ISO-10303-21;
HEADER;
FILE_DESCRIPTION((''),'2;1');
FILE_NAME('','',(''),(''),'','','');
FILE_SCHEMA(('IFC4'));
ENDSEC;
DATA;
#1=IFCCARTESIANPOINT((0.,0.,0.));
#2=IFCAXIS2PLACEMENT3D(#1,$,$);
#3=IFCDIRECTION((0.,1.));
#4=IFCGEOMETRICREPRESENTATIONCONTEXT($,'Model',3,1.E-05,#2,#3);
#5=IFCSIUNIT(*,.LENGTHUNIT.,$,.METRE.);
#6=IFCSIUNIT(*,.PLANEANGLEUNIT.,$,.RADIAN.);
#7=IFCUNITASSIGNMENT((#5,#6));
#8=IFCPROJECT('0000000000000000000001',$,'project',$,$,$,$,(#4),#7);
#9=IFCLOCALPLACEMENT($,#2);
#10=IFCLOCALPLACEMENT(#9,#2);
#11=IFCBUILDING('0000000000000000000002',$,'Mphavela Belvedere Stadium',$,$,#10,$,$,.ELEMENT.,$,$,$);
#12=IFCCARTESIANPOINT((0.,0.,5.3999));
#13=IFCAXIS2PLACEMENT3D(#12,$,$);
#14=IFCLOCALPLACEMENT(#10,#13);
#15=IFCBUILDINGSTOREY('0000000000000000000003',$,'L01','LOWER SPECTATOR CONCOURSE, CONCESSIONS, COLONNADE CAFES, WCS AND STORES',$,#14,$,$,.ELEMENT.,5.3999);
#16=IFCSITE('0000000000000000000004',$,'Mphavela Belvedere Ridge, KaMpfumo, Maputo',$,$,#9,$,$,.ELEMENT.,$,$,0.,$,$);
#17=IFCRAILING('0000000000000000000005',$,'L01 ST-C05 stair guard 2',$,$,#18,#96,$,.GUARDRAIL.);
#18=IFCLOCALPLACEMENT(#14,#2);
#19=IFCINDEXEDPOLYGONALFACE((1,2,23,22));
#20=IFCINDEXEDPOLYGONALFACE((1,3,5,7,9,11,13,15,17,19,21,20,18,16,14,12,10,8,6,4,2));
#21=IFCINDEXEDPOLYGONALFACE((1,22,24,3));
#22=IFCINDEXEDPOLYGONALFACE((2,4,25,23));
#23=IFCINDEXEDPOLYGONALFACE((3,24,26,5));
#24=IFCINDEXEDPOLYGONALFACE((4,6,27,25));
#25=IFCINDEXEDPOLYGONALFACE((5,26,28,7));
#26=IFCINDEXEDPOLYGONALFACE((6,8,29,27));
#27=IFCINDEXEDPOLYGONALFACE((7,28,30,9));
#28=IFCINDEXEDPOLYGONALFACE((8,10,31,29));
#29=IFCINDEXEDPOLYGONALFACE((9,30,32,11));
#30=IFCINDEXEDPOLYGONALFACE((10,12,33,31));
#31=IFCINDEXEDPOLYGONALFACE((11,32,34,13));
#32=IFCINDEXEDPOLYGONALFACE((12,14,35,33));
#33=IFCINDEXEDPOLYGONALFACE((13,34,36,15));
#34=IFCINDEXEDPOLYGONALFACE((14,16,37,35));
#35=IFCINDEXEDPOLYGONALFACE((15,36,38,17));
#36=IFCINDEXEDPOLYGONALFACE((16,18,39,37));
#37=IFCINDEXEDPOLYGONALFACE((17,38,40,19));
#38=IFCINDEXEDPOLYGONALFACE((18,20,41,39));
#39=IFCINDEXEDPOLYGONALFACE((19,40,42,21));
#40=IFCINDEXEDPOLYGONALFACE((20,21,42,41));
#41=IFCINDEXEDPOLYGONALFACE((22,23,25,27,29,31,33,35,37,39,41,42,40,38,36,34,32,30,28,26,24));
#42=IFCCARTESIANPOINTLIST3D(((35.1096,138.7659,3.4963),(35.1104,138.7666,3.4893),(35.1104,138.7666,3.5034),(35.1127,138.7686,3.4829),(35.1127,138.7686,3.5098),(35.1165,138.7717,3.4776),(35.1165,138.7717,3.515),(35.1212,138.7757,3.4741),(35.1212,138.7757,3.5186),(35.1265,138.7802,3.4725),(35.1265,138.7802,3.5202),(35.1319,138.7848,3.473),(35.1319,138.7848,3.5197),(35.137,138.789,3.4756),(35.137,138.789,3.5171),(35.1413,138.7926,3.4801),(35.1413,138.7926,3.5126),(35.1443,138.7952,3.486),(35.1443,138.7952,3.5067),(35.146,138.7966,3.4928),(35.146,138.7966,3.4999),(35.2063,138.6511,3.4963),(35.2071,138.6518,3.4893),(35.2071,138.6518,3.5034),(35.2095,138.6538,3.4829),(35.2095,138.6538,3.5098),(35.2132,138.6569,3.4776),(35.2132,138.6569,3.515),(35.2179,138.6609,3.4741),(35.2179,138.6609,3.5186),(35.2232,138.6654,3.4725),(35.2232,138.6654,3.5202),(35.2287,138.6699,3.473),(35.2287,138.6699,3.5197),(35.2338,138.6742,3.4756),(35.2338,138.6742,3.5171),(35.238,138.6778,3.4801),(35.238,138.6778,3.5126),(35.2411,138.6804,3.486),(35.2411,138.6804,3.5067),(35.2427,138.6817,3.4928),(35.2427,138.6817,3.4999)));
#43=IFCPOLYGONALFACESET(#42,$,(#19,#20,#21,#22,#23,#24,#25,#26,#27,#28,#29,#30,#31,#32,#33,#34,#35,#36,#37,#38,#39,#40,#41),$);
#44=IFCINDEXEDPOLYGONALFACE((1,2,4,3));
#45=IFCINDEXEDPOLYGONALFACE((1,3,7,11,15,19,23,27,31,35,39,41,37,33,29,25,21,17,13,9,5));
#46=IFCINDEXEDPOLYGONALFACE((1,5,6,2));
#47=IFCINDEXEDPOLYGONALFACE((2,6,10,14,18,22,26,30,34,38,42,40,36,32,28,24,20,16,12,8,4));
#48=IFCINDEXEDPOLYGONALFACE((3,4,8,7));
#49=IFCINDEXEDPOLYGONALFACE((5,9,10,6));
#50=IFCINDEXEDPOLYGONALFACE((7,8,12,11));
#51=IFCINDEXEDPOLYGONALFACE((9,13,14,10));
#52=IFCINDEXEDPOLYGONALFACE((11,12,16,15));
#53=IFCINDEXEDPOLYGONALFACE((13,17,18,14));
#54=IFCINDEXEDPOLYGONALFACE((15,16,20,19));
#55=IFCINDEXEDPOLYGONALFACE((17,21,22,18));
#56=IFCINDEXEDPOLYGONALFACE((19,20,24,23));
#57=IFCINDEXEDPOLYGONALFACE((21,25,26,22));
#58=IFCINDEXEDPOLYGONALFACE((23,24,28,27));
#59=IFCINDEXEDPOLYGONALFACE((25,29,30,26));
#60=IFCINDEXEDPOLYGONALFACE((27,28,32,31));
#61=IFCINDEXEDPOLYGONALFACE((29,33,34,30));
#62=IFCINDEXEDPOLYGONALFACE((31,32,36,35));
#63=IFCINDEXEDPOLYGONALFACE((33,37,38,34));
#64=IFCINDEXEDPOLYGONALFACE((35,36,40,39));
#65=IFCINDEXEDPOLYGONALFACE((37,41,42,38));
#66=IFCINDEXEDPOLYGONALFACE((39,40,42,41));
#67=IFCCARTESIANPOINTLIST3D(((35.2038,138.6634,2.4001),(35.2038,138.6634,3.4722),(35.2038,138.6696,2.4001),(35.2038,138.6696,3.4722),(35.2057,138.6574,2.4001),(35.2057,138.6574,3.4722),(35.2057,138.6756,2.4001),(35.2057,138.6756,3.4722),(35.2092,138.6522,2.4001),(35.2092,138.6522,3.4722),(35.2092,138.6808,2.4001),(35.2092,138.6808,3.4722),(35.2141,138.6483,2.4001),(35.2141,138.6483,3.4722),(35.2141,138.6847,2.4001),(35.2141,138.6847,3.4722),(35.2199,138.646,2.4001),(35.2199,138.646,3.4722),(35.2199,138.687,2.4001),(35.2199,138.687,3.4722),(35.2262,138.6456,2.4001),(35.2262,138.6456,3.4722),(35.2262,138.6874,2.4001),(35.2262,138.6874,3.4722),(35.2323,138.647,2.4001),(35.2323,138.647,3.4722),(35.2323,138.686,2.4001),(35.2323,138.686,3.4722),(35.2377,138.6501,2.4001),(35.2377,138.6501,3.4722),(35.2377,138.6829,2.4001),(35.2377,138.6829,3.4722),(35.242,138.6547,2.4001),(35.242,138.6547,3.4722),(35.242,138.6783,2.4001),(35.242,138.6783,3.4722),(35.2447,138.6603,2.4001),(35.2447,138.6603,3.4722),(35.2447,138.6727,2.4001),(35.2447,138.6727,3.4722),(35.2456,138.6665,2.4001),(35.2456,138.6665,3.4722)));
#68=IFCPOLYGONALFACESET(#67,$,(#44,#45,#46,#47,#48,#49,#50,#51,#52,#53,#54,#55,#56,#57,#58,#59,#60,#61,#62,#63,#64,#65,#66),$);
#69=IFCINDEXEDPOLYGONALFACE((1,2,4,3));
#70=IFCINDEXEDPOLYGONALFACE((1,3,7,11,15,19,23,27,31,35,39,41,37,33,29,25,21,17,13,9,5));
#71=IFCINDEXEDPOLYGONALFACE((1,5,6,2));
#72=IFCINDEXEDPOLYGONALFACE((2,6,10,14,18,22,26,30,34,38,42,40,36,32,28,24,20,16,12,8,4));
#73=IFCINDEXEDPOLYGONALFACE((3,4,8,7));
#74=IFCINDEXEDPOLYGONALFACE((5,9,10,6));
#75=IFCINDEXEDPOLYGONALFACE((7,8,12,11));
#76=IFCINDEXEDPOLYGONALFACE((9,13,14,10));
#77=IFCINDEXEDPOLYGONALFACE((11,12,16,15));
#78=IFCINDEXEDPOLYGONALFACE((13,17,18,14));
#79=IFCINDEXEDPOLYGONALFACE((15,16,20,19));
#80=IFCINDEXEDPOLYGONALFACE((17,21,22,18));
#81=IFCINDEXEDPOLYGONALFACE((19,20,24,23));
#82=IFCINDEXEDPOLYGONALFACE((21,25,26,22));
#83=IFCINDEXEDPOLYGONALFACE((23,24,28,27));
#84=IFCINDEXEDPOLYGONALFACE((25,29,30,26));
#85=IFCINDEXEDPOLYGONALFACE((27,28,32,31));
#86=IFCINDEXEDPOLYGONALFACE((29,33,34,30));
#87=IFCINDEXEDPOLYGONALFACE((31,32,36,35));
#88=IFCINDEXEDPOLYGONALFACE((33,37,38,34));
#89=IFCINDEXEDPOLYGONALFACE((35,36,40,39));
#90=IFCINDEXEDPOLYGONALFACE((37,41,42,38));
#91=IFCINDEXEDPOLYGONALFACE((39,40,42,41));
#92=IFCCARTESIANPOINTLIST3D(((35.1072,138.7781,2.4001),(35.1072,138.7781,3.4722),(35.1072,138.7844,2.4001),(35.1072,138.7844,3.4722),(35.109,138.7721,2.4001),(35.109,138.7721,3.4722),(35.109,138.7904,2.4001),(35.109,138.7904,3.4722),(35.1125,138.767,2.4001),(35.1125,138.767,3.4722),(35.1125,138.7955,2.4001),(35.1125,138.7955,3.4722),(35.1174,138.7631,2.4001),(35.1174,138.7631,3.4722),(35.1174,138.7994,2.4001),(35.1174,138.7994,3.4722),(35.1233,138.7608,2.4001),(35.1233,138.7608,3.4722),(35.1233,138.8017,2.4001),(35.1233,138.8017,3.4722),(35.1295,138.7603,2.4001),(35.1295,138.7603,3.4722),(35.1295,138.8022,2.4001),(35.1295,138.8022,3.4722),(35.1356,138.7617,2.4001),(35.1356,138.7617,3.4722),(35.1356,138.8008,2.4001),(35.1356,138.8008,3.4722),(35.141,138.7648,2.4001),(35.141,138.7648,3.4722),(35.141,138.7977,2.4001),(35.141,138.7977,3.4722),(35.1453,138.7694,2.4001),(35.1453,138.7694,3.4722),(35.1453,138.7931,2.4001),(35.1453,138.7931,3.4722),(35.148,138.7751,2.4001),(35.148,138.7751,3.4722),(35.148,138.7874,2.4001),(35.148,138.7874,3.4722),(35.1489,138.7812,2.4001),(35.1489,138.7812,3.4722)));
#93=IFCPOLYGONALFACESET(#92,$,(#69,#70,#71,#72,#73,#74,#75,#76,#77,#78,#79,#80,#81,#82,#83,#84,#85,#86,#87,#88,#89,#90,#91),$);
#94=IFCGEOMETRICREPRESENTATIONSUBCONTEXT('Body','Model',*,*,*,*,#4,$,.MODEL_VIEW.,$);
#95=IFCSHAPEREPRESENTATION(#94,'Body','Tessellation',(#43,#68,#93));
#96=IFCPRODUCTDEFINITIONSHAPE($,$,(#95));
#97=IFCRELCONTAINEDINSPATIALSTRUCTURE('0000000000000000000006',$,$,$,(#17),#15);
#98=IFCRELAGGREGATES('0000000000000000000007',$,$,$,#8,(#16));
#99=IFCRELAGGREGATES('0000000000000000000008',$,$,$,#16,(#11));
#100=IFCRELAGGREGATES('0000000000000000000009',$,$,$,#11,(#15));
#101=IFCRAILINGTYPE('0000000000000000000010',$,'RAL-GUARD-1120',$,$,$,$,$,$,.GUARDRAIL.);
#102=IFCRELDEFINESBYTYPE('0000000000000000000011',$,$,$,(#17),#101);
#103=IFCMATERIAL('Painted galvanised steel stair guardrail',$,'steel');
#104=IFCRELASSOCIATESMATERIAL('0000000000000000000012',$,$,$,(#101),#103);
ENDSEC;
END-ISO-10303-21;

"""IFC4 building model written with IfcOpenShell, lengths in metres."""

from ifc_helpers import new_model, si_unit, direction, frame, origin, origin_2d, place, context, subcontext, project, spatial, circle, extrude, material, type_object, element, save


model = new_model("IFC4")

# Units and contexts
model_context = context("Model", 3, precision=1e-05, world=origin(), true_north=direction((0.0, 1.0)))
body_context = subcontext(model_context, "Body", "Model", "MODEL_VIEW")
ifc_project = project(units=[si_unit("LENGTHUNIT", "METRE"), si_unit("PLANEANGLEUNIT", "RADIAN")], contexts=[model_context])

# Site, building, storey
site_placement = place(None, origin())
site = spatial("IfcSite", under=ifc_project, at=site_placement, Name="Mphavela Belvedere Ridge, KaMpfumo, Maputo", CompositionType="ELEMENT", RefElevation=0.0)
building_placement = place(site_placement, origin())
building = spatial("IfcBuilding", under=site, at=building_placement, Name="Mphavela Belvedere Stadium", CompositionType="ELEMENT")
storey_placement = place(building_placement, frame((0.0, 0.0, 5.3999)))
storey = spatial("IfcBuildingStorey", under=building, at=storey_placement, Name="L01", Description="LOWER SPECTATOR CONCOURSE, CONCESSIONS, COLONNADE CAFES, WCS AND STORES", CompositionType="ELEMENT", Elevation=5.3999)

# Railing
ifc_material_1 = material(Name="Painted galvanised steel stair guardrail", Category="steel")
railing_type = type_object("IfcRailingType", Name="RAL-GUARD-1120", PredefinedType="GUARDRAIL", material=ifc_material_1)
railing_1_placement = place(storey_placement, frame((35.2246, 138.6665, 2.4001)))
element("IfcRailing", 1, at=railing_1_placement, inside=storey, type_object=railing_type, Name="L01 ST-C05 stair guard 2", PredefinedType="GUARDRAIL", context=body_context, shape_type="SweptSolid", body=[
    extrude(circle(Radius=0.0239, at=origin_2d()), frame((0.0, 0.0, 1.0962), z_axis=(-0.644336, 0.764742, 0.0), x_axis=(-0.764742, -0.644336, 0.0)), (0.0, 0.0, 1.0), 0.1501),
    extrude(circle(Radius=0.021, at=origin_2d()), origin(), (0.0, 0.0, 1.0), 1.072),
    extrude(circle(Radius=0.021, at=origin_2d()), frame((-0.0967, 0.1147, 0.0)), (0.0, 0.0, 1.0), 1.072),
])

save(model, "model.ifc")
